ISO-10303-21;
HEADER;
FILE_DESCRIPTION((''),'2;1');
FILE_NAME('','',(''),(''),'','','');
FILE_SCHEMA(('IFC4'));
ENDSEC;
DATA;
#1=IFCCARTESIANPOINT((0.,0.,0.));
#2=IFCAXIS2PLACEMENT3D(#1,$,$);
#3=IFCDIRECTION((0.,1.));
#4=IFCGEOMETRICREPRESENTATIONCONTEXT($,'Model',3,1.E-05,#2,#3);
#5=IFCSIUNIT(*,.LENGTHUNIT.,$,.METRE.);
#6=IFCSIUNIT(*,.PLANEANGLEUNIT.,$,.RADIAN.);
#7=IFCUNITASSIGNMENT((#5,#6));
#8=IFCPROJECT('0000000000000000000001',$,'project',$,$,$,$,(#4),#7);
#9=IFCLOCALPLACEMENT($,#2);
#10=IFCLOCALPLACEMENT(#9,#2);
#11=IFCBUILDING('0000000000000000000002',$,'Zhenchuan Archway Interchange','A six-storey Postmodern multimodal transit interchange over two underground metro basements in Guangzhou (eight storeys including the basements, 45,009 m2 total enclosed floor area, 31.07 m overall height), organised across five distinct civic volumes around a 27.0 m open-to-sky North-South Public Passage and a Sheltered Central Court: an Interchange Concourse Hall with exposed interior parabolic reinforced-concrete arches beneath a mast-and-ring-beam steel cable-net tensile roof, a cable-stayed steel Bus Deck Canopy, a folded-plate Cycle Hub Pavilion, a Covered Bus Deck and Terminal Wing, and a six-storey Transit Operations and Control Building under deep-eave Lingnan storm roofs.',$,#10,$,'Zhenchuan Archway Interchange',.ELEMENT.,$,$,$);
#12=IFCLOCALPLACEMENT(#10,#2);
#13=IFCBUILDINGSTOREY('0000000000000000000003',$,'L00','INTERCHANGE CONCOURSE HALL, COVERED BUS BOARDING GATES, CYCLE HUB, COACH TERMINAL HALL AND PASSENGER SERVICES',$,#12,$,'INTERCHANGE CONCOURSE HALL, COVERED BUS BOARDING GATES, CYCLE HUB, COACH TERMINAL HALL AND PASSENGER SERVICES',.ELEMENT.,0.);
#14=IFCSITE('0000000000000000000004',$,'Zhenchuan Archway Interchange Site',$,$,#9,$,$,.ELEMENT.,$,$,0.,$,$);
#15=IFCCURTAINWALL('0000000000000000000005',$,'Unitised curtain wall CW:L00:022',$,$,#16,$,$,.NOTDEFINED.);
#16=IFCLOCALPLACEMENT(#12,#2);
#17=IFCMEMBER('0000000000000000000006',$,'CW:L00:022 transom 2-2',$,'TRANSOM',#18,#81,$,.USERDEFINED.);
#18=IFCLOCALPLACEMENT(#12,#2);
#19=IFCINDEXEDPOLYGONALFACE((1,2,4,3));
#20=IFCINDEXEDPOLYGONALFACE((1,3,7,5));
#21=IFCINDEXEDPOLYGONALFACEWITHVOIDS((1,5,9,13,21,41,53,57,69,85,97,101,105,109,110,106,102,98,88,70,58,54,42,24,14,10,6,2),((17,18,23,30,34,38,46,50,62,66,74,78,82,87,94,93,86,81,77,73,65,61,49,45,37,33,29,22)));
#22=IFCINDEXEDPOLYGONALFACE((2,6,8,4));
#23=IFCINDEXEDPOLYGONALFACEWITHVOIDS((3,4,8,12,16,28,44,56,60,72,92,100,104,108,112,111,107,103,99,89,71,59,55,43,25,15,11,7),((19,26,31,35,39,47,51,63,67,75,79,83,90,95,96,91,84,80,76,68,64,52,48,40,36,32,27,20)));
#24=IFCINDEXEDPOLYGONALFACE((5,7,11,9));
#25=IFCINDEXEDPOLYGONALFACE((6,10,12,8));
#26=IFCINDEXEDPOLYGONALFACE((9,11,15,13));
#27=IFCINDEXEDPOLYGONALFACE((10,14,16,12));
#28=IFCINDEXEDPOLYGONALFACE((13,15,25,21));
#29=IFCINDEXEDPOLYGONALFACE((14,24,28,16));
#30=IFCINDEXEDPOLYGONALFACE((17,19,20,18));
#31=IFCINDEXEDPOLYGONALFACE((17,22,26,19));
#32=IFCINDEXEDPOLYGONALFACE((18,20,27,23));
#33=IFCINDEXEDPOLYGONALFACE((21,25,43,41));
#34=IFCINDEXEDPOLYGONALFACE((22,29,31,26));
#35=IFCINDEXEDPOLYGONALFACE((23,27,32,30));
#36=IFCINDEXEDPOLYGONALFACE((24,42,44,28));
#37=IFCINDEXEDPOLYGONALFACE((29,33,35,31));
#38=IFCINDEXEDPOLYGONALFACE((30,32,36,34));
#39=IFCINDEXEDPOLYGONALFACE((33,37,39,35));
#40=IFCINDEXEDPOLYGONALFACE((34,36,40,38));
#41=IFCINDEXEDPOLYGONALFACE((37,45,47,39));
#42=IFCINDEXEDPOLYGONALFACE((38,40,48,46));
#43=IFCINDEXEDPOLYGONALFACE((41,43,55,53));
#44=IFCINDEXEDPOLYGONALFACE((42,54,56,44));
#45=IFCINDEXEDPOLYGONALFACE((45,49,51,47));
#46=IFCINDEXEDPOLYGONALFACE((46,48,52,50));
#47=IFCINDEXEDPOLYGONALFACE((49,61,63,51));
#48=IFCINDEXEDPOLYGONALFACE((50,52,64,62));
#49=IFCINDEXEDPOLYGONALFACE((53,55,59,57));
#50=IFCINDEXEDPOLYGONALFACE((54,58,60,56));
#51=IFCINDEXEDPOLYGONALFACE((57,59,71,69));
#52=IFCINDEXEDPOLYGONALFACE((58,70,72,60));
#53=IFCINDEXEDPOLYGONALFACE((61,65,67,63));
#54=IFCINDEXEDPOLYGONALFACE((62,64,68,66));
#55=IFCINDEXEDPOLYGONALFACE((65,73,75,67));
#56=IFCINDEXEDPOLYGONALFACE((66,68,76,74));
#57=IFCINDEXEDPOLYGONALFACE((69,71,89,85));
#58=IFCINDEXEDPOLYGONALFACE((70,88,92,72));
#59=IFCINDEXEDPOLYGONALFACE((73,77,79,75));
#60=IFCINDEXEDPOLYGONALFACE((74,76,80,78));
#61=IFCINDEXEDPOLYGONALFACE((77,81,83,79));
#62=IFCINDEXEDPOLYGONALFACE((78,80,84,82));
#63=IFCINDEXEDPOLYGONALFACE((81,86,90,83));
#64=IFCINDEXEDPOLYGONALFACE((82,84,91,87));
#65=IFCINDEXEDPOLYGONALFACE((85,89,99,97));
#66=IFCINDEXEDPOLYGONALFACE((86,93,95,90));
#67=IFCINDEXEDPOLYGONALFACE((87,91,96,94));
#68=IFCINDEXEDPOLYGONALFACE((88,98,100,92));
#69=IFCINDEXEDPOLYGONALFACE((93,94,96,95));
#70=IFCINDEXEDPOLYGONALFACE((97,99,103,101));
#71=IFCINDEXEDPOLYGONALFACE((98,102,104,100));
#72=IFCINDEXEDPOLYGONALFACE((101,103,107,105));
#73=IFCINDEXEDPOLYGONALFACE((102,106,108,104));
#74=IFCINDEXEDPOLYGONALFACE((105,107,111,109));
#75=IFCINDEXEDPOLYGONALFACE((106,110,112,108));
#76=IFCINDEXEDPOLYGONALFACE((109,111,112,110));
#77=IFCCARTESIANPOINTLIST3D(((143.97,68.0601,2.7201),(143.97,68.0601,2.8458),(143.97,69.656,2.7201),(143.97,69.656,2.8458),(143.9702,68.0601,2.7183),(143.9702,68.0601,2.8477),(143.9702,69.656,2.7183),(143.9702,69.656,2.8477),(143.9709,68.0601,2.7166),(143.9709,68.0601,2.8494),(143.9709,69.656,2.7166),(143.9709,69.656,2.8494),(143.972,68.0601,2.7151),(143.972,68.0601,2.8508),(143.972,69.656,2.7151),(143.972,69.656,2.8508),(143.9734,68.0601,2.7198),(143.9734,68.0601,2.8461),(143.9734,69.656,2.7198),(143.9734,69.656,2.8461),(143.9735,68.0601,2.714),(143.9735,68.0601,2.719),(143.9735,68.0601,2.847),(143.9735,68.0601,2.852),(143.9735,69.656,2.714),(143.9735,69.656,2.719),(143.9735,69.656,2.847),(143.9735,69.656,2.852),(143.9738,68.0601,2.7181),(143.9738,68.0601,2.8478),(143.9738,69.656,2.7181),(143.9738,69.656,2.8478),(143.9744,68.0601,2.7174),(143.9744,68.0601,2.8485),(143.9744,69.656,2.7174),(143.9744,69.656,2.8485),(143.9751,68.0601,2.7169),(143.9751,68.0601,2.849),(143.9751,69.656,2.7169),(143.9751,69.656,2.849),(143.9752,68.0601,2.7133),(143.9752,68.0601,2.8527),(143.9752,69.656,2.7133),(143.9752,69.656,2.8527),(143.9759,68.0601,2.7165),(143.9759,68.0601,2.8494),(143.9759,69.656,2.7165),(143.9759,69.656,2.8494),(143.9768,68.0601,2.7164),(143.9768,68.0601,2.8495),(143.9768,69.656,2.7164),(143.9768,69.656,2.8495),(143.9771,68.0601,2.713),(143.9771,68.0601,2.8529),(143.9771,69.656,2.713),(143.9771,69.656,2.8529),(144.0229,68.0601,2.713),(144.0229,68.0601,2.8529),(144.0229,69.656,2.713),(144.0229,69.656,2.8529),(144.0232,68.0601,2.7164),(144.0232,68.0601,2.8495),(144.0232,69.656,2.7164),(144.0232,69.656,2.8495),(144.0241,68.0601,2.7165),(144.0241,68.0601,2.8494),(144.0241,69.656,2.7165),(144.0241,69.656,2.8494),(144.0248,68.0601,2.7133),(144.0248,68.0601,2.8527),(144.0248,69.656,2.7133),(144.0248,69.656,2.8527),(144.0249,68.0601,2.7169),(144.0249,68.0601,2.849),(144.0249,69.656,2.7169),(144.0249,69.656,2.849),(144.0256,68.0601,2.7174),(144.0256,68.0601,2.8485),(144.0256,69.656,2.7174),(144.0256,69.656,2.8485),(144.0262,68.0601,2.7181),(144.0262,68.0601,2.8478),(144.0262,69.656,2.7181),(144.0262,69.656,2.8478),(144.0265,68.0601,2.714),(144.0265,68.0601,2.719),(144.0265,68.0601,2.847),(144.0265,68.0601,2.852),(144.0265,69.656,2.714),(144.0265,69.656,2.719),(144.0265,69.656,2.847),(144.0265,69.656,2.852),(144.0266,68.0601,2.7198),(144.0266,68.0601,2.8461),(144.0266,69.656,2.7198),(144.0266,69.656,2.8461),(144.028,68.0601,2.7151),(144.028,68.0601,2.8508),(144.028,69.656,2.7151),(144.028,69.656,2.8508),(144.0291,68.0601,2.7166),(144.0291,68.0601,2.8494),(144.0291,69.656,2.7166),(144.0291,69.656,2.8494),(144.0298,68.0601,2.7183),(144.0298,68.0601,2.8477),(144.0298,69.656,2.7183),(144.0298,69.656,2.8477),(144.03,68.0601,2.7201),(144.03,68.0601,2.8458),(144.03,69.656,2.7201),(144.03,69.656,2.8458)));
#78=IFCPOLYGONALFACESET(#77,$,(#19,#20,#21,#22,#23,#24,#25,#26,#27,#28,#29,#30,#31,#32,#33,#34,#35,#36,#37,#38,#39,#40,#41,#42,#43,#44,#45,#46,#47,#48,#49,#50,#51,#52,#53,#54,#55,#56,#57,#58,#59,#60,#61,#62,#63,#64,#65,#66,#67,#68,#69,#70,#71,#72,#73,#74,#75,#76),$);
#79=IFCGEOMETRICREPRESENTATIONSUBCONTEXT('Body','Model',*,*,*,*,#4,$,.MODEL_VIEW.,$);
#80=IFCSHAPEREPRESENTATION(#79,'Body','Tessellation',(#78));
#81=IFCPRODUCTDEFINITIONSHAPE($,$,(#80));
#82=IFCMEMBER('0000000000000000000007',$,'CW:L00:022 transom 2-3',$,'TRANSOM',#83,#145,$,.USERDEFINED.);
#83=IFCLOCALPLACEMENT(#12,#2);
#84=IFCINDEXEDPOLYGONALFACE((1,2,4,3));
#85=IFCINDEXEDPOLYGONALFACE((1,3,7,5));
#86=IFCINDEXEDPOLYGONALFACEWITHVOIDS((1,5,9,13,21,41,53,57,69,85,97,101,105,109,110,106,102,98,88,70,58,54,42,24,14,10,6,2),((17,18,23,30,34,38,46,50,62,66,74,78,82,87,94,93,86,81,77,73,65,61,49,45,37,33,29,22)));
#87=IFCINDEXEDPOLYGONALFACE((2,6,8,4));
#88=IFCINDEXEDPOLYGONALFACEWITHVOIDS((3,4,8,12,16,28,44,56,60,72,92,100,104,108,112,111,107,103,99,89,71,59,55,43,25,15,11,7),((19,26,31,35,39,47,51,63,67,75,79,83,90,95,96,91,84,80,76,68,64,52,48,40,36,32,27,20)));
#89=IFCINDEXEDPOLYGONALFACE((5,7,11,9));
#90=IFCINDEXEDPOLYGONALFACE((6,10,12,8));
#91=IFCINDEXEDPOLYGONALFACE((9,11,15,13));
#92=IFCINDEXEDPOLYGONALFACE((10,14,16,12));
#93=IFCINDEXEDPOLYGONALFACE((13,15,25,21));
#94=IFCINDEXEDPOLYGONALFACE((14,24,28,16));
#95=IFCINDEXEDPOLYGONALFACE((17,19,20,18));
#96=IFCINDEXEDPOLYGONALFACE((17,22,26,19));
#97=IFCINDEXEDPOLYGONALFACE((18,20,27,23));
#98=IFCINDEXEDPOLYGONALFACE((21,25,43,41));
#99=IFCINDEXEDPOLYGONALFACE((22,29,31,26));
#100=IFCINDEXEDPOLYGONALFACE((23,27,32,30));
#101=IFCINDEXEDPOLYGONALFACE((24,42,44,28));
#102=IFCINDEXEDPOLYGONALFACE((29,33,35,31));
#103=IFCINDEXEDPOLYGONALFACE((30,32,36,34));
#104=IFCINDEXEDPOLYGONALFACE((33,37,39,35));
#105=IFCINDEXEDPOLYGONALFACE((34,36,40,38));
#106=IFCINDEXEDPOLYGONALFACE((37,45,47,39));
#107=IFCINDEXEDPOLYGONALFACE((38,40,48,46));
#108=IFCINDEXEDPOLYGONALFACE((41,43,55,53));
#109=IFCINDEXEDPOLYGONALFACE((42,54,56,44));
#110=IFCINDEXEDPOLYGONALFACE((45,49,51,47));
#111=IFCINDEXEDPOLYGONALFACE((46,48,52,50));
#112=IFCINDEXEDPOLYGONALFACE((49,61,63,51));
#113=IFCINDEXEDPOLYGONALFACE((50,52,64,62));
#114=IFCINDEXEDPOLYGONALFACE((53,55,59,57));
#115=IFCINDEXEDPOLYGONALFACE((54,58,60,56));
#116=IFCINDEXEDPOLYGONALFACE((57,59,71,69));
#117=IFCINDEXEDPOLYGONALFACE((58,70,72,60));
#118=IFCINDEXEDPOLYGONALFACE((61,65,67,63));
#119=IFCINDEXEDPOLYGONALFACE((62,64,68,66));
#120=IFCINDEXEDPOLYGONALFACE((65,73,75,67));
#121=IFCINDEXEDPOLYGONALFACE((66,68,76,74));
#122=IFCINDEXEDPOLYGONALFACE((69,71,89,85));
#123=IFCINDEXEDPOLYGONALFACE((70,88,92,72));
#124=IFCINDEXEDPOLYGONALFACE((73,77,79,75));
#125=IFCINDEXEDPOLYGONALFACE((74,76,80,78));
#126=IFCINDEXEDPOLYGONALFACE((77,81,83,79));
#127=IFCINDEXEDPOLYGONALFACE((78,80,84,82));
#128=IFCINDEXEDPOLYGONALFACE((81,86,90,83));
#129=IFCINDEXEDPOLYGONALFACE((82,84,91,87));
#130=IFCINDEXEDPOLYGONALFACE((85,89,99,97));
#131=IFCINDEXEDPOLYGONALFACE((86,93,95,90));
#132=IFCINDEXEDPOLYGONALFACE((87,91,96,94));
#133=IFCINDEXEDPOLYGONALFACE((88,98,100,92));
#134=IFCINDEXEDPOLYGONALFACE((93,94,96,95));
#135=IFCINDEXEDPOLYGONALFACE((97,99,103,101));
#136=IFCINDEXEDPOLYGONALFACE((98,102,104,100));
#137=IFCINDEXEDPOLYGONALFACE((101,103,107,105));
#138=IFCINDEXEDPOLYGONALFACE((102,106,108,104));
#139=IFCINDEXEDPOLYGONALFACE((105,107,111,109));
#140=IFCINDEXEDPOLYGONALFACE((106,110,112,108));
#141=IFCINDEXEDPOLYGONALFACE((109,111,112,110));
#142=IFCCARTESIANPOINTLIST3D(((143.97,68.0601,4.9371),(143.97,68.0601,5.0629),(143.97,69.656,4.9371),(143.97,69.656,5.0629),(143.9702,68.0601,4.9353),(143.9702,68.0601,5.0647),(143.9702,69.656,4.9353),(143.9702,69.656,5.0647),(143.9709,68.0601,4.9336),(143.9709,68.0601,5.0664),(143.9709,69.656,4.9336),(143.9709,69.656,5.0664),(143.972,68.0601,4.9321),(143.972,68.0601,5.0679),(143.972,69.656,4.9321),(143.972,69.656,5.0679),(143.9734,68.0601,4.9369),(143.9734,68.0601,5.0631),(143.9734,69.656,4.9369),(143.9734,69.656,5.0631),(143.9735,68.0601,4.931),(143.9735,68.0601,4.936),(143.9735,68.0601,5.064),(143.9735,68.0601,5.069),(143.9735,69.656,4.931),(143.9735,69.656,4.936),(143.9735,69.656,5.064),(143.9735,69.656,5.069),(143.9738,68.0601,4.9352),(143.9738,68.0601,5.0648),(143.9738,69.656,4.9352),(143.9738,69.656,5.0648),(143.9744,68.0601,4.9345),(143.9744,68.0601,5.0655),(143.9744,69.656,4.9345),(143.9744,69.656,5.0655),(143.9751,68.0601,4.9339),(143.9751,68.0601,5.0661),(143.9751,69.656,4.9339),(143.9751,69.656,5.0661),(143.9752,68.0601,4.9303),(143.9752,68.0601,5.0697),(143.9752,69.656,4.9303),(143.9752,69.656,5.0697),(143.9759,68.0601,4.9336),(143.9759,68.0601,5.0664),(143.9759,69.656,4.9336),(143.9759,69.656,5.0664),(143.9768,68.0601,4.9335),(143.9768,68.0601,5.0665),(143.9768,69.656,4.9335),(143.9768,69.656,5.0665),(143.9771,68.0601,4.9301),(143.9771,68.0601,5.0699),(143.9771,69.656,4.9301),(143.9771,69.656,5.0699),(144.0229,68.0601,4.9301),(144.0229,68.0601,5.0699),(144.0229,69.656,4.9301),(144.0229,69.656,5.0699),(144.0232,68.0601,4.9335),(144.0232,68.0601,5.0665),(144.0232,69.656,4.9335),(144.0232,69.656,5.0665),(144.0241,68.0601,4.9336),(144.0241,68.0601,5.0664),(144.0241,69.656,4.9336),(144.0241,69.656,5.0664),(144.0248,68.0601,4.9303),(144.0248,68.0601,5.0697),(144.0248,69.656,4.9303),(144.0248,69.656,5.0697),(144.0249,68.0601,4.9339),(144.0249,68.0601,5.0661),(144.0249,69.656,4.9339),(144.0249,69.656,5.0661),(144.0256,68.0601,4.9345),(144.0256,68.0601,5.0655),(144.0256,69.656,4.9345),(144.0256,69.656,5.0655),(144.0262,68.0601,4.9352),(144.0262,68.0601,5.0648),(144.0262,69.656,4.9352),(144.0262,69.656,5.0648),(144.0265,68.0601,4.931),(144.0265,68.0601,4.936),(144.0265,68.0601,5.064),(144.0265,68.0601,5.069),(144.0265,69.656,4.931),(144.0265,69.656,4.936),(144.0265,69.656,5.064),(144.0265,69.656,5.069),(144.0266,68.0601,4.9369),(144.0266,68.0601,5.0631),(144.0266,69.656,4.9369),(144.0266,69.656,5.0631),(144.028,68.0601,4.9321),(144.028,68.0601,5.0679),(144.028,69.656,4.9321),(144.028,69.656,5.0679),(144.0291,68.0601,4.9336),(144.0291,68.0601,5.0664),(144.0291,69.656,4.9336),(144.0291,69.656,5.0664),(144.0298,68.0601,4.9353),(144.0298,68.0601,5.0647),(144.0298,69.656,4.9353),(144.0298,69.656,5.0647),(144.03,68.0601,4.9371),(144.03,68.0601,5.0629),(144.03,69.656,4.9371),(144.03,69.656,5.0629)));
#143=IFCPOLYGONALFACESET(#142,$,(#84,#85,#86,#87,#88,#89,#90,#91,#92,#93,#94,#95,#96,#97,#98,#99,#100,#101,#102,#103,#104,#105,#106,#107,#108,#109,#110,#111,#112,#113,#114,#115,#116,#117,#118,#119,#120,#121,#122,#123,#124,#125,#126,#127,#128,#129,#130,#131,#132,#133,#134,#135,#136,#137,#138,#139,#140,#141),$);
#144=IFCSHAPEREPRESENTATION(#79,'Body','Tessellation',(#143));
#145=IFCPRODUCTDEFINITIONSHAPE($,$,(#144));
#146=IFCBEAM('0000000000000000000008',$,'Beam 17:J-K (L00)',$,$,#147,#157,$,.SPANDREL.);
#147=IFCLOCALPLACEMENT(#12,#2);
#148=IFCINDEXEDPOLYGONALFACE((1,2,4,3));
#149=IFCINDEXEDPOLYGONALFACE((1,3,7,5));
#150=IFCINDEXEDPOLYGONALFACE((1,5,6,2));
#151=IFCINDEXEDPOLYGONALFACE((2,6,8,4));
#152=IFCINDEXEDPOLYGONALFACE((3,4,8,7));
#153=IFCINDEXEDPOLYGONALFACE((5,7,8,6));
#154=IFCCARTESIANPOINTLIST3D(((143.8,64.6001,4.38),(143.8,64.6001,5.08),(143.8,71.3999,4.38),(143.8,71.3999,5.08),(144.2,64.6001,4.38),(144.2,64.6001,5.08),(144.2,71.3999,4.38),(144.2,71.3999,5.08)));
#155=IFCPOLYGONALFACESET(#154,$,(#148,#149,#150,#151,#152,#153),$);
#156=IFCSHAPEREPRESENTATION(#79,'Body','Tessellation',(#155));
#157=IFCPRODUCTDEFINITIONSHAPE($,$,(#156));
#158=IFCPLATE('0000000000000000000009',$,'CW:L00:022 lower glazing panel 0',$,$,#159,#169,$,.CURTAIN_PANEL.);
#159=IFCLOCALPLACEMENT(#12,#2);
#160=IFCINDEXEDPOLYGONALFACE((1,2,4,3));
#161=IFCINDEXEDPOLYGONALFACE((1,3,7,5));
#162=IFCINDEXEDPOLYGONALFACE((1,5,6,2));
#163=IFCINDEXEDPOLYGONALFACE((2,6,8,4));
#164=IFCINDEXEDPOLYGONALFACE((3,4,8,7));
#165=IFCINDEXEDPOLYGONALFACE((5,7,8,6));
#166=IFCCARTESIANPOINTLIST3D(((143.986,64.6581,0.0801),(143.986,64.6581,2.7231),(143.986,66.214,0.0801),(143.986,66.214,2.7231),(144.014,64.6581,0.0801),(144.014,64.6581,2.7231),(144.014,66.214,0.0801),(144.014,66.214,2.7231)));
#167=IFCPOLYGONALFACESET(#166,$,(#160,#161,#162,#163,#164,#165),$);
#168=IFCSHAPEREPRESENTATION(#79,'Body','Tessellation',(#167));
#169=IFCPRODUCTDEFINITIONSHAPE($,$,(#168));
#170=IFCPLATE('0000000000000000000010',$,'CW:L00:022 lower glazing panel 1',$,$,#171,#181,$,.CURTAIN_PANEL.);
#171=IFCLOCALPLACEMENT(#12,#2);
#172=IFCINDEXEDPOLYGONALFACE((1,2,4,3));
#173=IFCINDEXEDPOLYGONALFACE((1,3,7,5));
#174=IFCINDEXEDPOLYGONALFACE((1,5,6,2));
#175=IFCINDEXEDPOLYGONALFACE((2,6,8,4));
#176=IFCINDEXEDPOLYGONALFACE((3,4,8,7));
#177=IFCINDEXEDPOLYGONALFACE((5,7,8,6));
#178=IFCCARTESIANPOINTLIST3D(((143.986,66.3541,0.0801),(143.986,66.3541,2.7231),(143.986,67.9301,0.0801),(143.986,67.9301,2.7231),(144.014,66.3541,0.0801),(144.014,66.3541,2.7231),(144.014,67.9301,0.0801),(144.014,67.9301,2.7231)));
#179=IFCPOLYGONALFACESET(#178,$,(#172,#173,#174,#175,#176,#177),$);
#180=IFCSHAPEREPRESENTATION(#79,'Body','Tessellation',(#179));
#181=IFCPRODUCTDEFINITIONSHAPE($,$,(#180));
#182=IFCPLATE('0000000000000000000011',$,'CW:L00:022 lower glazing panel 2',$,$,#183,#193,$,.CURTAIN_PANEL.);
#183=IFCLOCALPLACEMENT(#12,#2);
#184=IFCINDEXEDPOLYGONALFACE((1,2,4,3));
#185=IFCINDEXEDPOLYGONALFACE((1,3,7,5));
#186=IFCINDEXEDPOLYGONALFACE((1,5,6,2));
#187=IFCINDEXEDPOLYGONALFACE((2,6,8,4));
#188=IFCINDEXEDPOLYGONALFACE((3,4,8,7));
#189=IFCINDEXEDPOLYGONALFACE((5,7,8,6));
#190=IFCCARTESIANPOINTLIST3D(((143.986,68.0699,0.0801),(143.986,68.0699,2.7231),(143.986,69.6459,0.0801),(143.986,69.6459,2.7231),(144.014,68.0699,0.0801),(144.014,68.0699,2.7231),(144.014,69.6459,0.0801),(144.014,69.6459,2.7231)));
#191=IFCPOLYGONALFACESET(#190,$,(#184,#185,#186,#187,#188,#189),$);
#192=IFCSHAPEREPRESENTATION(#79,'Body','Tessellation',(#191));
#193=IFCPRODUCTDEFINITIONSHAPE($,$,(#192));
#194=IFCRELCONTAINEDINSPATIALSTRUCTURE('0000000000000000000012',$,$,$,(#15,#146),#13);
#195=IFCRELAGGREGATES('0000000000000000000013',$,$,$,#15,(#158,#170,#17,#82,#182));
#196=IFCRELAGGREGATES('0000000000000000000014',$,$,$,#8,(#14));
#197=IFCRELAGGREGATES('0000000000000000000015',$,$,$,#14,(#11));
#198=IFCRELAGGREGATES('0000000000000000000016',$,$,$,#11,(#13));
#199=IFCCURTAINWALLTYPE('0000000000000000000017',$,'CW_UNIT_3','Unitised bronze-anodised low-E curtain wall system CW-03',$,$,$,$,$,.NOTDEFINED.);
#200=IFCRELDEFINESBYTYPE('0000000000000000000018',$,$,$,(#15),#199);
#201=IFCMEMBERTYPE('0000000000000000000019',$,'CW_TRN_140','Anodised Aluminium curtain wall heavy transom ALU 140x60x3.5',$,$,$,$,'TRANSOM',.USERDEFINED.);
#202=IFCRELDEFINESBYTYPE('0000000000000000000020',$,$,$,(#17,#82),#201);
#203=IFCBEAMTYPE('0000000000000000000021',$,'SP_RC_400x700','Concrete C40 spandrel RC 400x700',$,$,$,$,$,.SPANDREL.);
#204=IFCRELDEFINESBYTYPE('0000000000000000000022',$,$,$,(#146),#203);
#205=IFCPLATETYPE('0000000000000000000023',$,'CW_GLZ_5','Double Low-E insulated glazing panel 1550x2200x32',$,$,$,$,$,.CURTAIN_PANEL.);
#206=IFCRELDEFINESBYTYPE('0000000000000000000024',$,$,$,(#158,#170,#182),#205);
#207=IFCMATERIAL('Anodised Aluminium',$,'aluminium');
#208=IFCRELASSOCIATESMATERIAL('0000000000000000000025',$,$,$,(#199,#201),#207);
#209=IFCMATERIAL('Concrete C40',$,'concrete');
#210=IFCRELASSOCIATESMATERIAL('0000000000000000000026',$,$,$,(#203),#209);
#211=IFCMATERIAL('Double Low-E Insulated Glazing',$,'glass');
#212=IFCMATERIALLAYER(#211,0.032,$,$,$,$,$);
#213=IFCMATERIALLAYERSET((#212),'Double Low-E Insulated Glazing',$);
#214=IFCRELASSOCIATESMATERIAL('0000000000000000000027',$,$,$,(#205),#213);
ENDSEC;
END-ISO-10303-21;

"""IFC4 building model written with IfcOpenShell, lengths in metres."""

from ifc_helpers import new_model, si_unit, direction, frame, origin, origin_2d, place, context, subcontext, project, spatial, rectangle, hollow_rectangle, extrude, material, layer, layer_set, material_profile, profile_set, type_object, element, aggregate, save


model = new_model("IFC4")

# Units and contexts
model_context = context("Model", 3, precision=1e-05, world=origin(), true_north=direction((0.0, 1.0)))
body_context = subcontext(model_context, "Body", "Model", "MODEL_VIEW")
ifc_project = project(units=[si_unit("LENGTHUNIT", "METRE"), si_unit("PLANEANGLEUNIT", "RADIAN")], contexts=[model_context])

# Site, building, storey
site_placement = place(None, origin())
site = spatial("IfcSite", under=ifc_project, at=site_placement, Name="Zhenchuan Archway Interchange Site", CompositionType="ELEMENT", RefElevation=0.0)
building_placement = place(site_placement, origin())
building = spatial("IfcBuilding", under=site, at=building_placement, Name="Zhenchuan Archway Interchange", Description="A six-storey Postmodern multimodal transit interchange over two underground metro basements in Guangzhou (eight storeys including the basements, 45,009 m2 total enclosed floor area, 31.07 m overall height), organised across five distinct civic volumes around a 27.0 m open-to-sky North-South Public Passage and a Sheltered Central Court: an Interchange Concourse Hall with exposed interior parabolic reinforced-concrete arches beneath a mast-and-ring-beam steel cable-net tensile roof, a cable-stayed steel Bus Deck Canopy, a folded-plate Cycle Hub Pavilion, a Covered Bus Deck and Terminal Wing, and a six-storey Transit Operations and Control Building under deep-eave Lingnan storm roofs.", LongName="Zhenchuan Archway Interchange", CompositionType="ELEMENT")
storey_placement = place(building_placement, origin())
storey = spatial("IfcBuildingStorey", under=building, at=storey_placement, Name="L00", Description="INTERCHANGE CONCOURSE HALL, COVERED BUS BOARDING GATES, CYCLE HUB, COACH TERMINAL HALL AND PASSENGER SERVICES", LongName="INTERCHANGE CONCOURSE HALL, COVERED BUS BOARDING GATES, CYCLE HUB, COACH TERMINAL HALL AND PASSENGER SERVICES", CompositionType="ELEMENT", Elevation=0.0)

# Shared definitions
ifc_material_1 = material(Name="Concrete C40", Category="concrete")

# Curtain wall, members
ifc_material_2 = material(Name="Anodised Aluminium", Category="aluminium")
curtain_wall_type = type_object("IfcCurtainWallType", Name="CW_UNIT_3", Description="Unitised bronze-anodised low-E curtain wall system CW-03", PredefinedType="NOTDEFINED", material=ifc_material_2)
curtain_wall_placement = place(storey_placement, origin())
curtain_wall = element("IfcCurtainWall", 1, at=curtain_wall_placement, inside=storey, type_object=curtain_wall_type, Name="Unitised curtain wall CW:L00:022", PredefinedType="NOTDEFINED")
ifc_material_profile_1 = material_profile(ifc_material_2, hollow_rectangle(XDim=0.0601, YDim=0.1399, WallThickness=0.0034, InnerFilletRadius=0.0034, OuterFilletRadius=0.0071, at=origin_2d()), Name="ALU 140x60x3.5")
ifc_profile_set_1 = profile_set([ifc_material_profile_1], Name="Anodised Aluminium")
member_type_1 = type_object("IfcMemberType", Name="CW_TRN_140", Description="Anodised Aluminium curtain wall heavy transom ALU 140x60x3.5", ElementType="TRANSOM", PredefinedType="USERDEFINED", material=ifc_profile_set_1)
member_1_placement = place(storey_placement, frame((144.0, 68.0601, 2.783), z_axis=(0.0, 1.0, 0.0), x_axis=(-1.0, 0.0, 0.0)))
member_1 = element("IfcMember", 2, at=member_1_placement, type_object=member_type_1, Name="CW:L00:022 transom 2-2", ObjectType="TRANSOM", PredefinedType="USERDEFINED", context=body_context, shape_type="SweptSolid", body=[
    extrude(hollow_rectangle(XDim=0.0601, YDim=0.1399, WallThickness=0.0034, InnerFilletRadius=0.0034, OuterFilletRadius=0.0071, at=origin_2d()), origin(), (0.0, 0.0, 1.0), 1.5959),
])
member_2_placement = place(storey_placement, frame((144.0, 68.0601, 5.0), z_axis=(0.0, 1.0, 0.0), x_axis=(-1.0, 0.0, 0.0)))
member_2 = element("IfcMember", 3, at=member_2_placement, type_object=member_type_1, Name="CW:L00:022 transom 2-3", ObjectType="TRANSOM", PredefinedType="USERDEFINED", context=body_context, shape_type="SweptSolid", body=[
    extrude(hollow_rectangle(XDim=0.0601, YDim=0.1399, WallThickness=0.0034, InnerFilletRadius=0.0034, OuterFilletRadius=0.0071, at=origin_2d()), origin(), (0.0, 0.0, 1.0), 1.5959),
])

# Beam
ifc_material_profile_2 = material_profile(ifc_material_1, rectangle(XDim=0.3999, YDim=0.7, at=origin_2d()), Name="RC 400x700")
ifc_profile_set_2 = profile_set([ifc_material_profile_2], Name="Concrete C40")
beam_type_1 = type_object("IfcBeamType", Name="SP_RC_400x700", Description="Concrete C40 spandrel RC 400x700", PredefinedType="SPANDREL", material=ifc_profile_set_2)
beam_1_placement = place(storey_placement, frame((144.0, 64.6001, 4.73), z_axis=(0.0, 1.0, 0.0), x_axis=(-1.0, 0.0, 0.0)))
element("IfcBeam", 4, at=beam_1_placement, inside=storey, type_object=beam_type_1, Name="Beam 17:J-K (L00)", PredefinedType="SPANDREL", context=body_context, shape_type="SweptSolid", body=[
    extrude(rectangle(XDim=0.3999, YDim=0.7, at=origin_2d()), origin(), (0.0, 0.0, 1.0), 6.7998),
])

# Plates
ifc_material_3 = material(Name="Double Low-E Insulated Glazing", Category="glass")
ifc_layer_1 = layer(ifc_material_3, 0.032)
ifc_layer_set_1 = layer_set([ifc_layer_1], Name="Double Low-E Insulated Glazing")
plate_type_1 = type_object("IfcPlateType", Name="CW_GLZ_5", Description="Double Low-E insulated glazing panel 1550x2200x32", PredefinedType="CURTAIN_PANEL", material=ifc_layer_set_1)
plate_1_placement = place(storey_placement, frame((144.0, 65.436, 0.0801), z_axis=(0.0, 0.0, 1.0), x_axis=(0.0, 1.0, 0.0)))
plate_1 = element("IfcPlate", 5, at=plate_1_placement, type_object=plate_type_1, Name="CW:L00:022 lower glazing panel 0", PredefinedType="CURTAIN_PANEL", context=body_context, shape_type="SweptSolid", body=[
    extrude(rectangle(XDim=1.5559, YDim=0.0281, at=origin_2d()), origin(), (0.0, 0.0, 1.0), 2.6431),
])
plate_2_placement = place(storey_placement, frame((144.0, 67.1421, 0.0801), z_axis=(0.0, 0.0, 1.0), x_axis=(0.0, 1.0, 0.0)))
plate_2 = element("IfcPlate", 6, at=plate_2_placement, type_object=plate_type_1, Name="CW:L00:022 lower glazing panel 1", PredefinedType="CURTAIN_PANEL", context=body_context, shape_type="SweptSolid", body=[
    extrude(rectangle(XDim=1.5759, YDim=0.0281, at=origin_2d()), origin(), (0.0, 0.0, 1.0), 2.6431),
])
plate_3_placement = place(storey_placement, frame((144.0, 68.8579, 0.0801), z_axis=(0.0, 0.0, 1.0), x_axis=(0.0, 1.0, 0.0)))
plate_3 = element("IfcPlate", 7, at=plate_3_placement, type_object=plate_type_1, Name="CW:L00:022 lower glazing panel 2", PredefinedType="CURTAIN_PANEL", context=body_context, shape_type="SweptSolid", body=[
    extrude(rectangle(XDim=1.5759, YDim=0.0281, at=origin_2d()), origin(), (0.0, 0.0, 1.0), 2.6431),
])
aggregate(curtain_wall, [plate_1, plate_2, member_1, member_2, plate_3])

save(model, "model.ifc")
